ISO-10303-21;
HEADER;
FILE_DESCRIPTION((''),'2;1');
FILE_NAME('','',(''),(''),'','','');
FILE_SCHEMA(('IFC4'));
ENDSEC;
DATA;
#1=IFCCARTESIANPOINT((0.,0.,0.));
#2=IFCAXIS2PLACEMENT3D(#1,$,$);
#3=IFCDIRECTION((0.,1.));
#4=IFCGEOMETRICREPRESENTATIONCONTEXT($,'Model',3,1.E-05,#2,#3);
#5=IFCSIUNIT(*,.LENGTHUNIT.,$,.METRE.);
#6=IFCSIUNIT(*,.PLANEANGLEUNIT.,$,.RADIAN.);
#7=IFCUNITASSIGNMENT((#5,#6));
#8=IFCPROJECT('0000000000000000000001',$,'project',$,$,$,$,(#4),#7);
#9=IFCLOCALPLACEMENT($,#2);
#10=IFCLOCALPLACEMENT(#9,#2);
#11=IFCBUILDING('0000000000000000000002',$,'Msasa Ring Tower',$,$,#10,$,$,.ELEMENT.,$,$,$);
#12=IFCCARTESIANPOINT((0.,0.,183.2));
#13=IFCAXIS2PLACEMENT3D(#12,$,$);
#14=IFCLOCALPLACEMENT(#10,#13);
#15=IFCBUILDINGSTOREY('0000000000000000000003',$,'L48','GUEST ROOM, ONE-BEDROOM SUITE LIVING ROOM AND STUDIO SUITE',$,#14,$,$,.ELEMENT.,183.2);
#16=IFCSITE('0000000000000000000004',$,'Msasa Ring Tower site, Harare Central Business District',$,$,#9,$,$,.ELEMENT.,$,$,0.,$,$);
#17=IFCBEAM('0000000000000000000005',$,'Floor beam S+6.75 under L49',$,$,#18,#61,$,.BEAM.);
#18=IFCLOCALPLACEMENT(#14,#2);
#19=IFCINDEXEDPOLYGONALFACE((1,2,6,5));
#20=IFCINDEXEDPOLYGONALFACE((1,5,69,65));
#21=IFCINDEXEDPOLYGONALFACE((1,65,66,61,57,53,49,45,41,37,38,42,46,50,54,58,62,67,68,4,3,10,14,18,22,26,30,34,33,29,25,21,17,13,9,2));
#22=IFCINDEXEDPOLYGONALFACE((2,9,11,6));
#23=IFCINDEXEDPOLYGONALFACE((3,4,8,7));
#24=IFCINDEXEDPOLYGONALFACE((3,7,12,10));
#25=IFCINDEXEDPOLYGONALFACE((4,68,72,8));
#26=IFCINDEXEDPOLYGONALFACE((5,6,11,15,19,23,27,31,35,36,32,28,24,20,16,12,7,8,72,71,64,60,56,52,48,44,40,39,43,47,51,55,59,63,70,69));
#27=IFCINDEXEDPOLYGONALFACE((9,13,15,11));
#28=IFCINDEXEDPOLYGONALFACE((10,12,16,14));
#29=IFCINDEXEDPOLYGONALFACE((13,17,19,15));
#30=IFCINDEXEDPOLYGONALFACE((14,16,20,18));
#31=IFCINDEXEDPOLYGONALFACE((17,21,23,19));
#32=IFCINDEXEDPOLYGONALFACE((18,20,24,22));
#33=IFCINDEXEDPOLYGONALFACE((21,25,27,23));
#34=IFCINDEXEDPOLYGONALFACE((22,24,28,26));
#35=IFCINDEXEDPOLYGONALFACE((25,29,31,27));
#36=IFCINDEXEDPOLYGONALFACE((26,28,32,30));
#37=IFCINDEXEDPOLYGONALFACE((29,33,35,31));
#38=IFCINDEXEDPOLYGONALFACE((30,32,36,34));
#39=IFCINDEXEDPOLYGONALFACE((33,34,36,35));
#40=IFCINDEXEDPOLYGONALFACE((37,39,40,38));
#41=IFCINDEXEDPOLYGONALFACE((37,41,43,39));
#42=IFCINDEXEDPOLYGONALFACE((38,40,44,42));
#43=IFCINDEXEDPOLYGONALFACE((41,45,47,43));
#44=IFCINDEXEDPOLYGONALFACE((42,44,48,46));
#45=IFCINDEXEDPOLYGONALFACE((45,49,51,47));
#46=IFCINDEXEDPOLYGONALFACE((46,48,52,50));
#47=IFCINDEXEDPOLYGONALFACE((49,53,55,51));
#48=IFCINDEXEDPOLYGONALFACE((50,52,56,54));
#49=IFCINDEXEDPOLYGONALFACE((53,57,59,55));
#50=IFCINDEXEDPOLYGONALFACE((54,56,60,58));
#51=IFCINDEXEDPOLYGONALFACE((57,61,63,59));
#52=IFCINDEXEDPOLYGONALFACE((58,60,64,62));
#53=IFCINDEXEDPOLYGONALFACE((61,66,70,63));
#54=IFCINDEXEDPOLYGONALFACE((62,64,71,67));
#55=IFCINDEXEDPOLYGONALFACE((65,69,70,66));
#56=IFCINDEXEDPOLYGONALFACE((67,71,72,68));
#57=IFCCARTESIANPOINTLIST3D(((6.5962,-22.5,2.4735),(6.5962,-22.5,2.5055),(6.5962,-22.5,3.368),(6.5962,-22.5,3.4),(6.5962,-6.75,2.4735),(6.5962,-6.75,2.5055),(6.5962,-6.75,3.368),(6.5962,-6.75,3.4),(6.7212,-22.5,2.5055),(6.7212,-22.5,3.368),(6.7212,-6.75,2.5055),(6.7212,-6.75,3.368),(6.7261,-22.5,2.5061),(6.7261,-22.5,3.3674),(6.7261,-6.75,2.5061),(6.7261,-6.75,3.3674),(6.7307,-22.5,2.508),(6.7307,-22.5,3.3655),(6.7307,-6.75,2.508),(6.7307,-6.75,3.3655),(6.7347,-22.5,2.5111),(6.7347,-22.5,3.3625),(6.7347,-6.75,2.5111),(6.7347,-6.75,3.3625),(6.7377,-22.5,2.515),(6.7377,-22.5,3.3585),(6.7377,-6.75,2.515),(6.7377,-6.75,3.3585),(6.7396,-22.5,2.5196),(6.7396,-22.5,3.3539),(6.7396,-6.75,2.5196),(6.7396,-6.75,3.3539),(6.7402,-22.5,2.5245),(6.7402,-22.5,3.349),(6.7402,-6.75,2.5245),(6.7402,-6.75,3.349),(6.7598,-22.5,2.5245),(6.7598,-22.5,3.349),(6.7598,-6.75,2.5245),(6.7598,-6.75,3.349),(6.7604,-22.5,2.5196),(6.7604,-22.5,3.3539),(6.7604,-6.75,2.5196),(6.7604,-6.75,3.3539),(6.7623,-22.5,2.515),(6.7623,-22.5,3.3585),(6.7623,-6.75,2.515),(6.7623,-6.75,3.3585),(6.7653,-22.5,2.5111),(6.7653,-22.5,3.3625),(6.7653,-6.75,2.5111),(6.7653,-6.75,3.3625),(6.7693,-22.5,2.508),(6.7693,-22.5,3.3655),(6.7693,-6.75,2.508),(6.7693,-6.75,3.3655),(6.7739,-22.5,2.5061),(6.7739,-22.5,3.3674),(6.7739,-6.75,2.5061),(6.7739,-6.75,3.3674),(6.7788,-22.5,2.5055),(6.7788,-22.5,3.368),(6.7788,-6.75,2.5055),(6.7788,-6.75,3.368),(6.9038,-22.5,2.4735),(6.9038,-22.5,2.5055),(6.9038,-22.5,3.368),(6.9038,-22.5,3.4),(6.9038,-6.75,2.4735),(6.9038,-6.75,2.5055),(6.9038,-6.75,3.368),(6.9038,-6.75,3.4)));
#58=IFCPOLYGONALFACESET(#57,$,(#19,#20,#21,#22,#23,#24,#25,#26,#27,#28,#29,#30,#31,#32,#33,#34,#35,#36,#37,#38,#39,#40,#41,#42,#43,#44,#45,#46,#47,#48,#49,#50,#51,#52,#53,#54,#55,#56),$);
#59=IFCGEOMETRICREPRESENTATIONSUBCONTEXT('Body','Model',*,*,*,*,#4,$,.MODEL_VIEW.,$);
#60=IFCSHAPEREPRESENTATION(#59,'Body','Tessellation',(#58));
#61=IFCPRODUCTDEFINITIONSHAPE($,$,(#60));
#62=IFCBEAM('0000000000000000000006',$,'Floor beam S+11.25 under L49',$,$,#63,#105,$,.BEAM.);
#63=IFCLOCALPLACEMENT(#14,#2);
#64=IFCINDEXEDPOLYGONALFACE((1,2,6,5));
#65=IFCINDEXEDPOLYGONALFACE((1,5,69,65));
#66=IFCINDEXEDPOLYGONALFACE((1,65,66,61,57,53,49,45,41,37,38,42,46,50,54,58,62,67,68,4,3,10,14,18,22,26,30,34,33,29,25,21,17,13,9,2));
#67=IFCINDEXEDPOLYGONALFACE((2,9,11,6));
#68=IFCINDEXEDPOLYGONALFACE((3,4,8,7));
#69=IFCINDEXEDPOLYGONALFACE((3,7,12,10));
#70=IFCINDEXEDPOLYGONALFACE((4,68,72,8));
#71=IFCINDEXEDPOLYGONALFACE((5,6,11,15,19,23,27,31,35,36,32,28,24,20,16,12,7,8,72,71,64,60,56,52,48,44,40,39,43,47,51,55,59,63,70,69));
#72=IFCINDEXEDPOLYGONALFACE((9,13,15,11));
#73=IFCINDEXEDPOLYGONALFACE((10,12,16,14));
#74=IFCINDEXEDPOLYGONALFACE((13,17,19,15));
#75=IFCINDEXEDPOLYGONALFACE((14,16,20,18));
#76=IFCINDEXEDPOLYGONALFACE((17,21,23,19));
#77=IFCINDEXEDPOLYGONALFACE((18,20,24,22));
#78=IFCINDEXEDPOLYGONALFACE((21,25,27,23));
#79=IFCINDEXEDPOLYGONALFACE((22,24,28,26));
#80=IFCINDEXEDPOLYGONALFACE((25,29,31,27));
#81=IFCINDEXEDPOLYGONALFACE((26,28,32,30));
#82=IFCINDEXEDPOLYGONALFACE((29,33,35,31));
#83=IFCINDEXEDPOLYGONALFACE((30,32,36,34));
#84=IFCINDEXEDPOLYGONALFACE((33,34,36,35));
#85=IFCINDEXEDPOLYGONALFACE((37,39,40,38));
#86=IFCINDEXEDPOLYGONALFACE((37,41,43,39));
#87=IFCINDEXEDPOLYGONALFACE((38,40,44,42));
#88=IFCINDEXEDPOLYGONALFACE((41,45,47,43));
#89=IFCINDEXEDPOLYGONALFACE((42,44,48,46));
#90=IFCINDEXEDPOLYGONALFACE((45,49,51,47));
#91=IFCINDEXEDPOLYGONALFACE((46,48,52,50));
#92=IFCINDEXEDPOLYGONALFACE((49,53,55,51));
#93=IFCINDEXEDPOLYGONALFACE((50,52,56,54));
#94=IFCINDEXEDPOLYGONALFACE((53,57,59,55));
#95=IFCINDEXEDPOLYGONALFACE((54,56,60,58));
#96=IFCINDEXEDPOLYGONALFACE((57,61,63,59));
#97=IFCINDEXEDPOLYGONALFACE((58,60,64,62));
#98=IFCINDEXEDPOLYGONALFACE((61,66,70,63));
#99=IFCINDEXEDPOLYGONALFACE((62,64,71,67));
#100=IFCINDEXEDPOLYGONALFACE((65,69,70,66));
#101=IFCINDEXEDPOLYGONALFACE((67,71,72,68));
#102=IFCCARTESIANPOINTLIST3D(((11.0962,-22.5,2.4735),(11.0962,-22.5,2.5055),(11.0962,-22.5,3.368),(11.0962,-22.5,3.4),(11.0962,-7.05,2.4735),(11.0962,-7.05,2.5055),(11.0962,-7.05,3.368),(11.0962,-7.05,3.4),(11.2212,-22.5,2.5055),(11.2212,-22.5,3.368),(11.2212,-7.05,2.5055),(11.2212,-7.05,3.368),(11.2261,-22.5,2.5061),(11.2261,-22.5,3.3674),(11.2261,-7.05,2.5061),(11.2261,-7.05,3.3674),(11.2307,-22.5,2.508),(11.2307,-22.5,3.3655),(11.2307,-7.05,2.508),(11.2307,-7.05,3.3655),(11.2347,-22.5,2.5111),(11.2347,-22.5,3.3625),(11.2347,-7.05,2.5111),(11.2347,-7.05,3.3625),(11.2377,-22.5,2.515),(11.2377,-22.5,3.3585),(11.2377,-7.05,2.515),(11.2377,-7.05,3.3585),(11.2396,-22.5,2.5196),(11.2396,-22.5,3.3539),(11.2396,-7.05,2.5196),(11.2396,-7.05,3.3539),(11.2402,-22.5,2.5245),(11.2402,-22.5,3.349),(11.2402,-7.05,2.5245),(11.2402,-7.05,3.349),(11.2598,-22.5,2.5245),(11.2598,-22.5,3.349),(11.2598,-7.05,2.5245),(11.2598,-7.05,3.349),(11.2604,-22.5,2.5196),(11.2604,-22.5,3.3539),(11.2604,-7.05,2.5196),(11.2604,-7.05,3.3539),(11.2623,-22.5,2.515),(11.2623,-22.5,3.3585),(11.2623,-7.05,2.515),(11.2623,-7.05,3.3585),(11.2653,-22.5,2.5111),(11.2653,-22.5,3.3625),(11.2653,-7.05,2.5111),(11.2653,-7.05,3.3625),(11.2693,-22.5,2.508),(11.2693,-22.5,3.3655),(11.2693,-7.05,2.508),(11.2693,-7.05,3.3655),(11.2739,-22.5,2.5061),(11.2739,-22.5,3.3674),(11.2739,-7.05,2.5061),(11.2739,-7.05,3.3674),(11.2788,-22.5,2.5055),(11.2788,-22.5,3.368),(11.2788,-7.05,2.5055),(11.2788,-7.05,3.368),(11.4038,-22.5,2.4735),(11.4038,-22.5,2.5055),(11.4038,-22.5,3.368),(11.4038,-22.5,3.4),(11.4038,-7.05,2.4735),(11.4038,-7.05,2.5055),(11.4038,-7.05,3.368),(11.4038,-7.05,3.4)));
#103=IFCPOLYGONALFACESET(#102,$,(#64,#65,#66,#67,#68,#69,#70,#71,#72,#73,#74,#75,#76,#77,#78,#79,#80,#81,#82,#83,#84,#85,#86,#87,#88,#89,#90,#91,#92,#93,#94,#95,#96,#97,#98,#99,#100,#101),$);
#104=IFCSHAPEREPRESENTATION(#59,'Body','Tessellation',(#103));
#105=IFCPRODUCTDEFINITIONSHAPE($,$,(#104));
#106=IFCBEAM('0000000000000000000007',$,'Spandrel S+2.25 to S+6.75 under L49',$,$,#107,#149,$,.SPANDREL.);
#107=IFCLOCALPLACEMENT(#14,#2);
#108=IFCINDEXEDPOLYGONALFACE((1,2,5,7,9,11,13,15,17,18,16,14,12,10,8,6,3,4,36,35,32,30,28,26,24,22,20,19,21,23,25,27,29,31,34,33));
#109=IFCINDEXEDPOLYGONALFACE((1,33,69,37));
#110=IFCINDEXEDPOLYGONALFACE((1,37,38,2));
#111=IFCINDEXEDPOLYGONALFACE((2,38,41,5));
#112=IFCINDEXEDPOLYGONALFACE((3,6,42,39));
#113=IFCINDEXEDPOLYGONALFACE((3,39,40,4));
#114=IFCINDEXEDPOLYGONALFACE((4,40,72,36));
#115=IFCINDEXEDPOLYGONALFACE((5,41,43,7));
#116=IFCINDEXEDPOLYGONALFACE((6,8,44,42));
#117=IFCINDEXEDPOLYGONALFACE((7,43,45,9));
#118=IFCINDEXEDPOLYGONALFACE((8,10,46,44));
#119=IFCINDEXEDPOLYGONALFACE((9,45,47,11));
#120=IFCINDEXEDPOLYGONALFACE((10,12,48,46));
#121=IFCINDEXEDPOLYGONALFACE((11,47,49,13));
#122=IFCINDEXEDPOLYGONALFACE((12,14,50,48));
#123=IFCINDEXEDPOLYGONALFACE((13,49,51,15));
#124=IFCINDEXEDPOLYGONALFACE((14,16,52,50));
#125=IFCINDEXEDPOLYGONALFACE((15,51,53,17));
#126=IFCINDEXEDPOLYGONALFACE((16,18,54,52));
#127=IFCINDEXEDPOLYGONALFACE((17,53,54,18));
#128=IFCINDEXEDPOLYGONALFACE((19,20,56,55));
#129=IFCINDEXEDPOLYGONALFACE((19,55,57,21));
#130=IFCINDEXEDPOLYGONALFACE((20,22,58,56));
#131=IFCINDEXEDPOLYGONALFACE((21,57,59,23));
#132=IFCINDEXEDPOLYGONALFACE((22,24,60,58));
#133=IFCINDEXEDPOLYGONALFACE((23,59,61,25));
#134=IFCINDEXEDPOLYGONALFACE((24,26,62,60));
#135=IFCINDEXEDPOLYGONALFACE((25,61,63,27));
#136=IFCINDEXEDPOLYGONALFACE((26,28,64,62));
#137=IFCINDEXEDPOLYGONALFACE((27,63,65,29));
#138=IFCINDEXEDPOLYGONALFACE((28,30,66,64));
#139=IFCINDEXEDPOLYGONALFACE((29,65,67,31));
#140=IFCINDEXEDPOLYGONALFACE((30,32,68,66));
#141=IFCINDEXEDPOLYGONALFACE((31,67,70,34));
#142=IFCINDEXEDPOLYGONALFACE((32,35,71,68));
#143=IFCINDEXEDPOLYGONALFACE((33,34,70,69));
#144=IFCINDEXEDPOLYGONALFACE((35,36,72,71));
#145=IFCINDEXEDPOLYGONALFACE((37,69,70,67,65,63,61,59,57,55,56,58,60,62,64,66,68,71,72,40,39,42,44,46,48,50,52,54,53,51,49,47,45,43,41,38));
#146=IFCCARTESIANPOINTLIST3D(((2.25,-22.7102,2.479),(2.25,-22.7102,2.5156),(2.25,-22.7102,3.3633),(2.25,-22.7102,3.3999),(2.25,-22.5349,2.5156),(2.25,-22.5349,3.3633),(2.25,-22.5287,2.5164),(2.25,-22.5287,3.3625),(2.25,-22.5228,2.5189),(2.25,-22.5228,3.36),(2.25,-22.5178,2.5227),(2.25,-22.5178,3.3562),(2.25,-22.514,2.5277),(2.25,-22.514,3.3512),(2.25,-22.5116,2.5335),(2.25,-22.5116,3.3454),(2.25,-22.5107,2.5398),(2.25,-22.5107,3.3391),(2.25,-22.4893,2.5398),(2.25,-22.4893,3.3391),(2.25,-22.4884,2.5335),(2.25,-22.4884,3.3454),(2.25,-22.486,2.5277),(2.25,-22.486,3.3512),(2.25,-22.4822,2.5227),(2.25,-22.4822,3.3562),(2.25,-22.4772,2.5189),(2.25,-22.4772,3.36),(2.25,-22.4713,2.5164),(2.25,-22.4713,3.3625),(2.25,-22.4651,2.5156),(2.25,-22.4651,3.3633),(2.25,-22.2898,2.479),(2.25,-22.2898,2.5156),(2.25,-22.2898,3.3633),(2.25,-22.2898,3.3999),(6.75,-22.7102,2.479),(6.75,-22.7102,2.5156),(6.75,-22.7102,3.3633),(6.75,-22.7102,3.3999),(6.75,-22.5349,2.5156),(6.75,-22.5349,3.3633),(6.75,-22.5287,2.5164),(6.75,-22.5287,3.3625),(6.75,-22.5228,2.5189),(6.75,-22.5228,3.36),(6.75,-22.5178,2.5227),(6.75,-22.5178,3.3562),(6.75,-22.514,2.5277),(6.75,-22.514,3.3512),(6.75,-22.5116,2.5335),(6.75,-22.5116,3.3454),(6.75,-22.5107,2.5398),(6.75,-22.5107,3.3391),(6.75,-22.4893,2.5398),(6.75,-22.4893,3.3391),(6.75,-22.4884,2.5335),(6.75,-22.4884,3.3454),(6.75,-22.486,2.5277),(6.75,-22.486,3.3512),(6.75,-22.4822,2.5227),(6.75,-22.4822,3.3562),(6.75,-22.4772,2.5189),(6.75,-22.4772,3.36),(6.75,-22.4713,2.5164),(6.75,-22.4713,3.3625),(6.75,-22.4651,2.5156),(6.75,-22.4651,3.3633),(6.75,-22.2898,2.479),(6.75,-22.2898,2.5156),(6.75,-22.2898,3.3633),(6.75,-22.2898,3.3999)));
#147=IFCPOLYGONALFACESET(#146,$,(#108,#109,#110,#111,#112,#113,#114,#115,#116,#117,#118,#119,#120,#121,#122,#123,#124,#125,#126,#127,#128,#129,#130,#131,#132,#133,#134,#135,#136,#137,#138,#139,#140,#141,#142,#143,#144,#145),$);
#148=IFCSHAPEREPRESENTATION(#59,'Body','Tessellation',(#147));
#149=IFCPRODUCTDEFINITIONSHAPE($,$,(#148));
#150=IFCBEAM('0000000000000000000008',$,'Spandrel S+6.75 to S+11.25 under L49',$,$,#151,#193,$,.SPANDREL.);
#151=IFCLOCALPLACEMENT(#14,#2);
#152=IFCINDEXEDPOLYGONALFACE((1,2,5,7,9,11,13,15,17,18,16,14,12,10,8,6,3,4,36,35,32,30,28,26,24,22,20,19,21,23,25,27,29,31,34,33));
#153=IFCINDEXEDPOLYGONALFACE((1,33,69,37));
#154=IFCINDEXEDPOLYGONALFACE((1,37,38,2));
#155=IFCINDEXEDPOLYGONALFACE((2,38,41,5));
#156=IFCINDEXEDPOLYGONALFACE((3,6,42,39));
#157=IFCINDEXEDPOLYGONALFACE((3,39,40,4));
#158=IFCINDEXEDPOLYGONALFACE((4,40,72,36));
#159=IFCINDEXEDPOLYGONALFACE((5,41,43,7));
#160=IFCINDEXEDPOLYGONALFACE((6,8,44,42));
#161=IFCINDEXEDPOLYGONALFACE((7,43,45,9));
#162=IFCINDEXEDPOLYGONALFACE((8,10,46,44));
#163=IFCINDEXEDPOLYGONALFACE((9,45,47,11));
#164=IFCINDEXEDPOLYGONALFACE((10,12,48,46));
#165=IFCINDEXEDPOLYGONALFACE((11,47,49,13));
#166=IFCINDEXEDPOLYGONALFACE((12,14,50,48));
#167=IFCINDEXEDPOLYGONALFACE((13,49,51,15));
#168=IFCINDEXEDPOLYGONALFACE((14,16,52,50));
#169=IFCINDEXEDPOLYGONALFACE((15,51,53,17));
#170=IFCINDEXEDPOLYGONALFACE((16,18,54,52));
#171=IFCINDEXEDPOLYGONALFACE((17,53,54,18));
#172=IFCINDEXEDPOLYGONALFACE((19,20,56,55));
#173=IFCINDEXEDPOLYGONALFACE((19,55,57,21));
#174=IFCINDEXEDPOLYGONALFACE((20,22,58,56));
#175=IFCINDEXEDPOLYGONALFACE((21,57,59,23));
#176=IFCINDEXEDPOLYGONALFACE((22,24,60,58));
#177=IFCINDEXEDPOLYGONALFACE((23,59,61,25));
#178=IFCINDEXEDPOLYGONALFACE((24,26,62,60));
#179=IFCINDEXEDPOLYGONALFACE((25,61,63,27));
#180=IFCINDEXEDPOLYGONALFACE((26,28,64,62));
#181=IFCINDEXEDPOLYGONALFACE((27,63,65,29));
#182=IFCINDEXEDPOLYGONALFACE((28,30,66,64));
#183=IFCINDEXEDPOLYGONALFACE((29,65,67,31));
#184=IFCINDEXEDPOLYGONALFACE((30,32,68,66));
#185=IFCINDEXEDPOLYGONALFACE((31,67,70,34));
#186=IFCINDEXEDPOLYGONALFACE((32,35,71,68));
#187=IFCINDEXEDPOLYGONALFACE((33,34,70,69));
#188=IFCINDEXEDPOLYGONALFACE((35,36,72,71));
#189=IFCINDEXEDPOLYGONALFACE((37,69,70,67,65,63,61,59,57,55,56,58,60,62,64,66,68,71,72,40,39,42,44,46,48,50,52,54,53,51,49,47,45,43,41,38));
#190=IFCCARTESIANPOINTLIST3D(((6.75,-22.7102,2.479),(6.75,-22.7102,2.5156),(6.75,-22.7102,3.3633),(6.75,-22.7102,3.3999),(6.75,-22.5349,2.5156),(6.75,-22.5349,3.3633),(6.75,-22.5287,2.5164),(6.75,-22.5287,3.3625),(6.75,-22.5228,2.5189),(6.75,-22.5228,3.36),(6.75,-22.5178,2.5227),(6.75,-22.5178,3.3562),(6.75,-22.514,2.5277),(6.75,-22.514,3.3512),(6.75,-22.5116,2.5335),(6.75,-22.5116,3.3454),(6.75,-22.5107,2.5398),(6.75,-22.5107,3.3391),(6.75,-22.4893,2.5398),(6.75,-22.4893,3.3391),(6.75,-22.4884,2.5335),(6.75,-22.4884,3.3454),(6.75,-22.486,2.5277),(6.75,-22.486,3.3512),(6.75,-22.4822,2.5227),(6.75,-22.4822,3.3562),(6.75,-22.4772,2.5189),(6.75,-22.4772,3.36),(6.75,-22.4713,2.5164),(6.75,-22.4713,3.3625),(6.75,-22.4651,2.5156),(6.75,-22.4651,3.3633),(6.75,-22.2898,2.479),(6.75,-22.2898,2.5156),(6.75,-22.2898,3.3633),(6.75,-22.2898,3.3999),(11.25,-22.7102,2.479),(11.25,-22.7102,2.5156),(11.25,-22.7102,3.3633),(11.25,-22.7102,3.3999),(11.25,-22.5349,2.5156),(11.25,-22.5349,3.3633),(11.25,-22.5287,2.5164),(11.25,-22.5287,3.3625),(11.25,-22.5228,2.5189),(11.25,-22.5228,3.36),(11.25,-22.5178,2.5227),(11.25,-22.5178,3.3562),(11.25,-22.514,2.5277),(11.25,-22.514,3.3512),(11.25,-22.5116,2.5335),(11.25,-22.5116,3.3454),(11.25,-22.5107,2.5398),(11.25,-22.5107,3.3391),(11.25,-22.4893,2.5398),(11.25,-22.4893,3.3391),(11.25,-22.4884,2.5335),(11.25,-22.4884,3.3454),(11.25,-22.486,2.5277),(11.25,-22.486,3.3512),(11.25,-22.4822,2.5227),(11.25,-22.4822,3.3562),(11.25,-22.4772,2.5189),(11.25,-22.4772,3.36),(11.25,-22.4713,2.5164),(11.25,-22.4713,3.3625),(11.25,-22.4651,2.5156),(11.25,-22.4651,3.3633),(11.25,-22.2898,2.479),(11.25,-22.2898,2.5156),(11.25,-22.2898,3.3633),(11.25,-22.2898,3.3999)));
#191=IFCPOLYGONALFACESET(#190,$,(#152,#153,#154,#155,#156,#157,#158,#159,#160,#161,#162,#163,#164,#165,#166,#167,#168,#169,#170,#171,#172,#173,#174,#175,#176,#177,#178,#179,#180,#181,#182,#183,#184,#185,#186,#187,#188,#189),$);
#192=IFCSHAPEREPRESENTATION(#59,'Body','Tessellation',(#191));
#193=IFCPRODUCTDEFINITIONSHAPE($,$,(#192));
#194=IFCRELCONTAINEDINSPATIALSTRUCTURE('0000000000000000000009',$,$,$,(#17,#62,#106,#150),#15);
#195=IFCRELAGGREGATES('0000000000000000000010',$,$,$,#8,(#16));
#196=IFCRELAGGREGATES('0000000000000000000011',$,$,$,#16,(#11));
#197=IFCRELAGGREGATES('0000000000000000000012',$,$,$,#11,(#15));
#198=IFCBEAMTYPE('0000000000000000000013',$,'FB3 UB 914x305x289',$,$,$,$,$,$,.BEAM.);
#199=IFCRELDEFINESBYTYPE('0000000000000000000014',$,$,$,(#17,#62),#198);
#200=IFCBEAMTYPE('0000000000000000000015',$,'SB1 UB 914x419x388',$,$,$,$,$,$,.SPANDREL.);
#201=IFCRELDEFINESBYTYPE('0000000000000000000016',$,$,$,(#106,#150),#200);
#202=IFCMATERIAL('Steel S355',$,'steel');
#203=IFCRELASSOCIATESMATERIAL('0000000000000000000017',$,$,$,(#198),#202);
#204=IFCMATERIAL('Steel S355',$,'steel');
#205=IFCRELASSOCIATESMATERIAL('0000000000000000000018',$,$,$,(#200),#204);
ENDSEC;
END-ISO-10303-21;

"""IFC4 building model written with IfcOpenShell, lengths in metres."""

from ifc_helpers import new_model, si_unit, direction, frame, origin, origin_2d, place, context, subcontext, project, spatial, i_section, extrude, material, material_profile, profile_set, type_object, element, save


model = new_model("IFC4")

# Units and contexts
model_context = context("Model", 3, precision=1e-05, world=origin(), true_north=direction((0.0, 1.0)))
body_context = subcontext(model_context, "Body", "Model", "MODEL_VIEW")
ifc_project = project(units=[si_unit("LENGTHUNIT", "METRE"), si_unit("PLANEANGLEUNIT", "RADIAN")], contexts=[model_context])

# Site, building, storey
site_placement = place(None, origin())
site = spatial("IfcSite", under=ifc_project, at=site_placement, Name="Msasa Ring Tower site, Harare Central Business District", CompositionType="ELEMENT", RefElevation=0.0)
building_placement = place(site_placement, origin())
building = spatial("IfcBuilding", under=site, at=building_placement, Name="Msasa Ring Tower", CompositionType="ELEMENT")
storey_placement = place(building_placement, frame((0.0, 0.0, 183.2)))
storey = spatial("IfcBuildingStorey", under=building, at=storey_placement, Name="L48", Description="GUEST ROOM, ONE-BEDROOM SUITE LIVING ROOM AND STUDIO SUITE", CompositionType="ELEMENT", Elevation=183.2)

# Beams
ifc_material_1 = material(Name="Steel S355", Category="steel")
ifc_material_profile_1 = material_profile(ifc_material_1, i_section(OverallWidth=0.3076, OverallDepth=0.9265, WebThickness=0.0195, FlangeThickness=0.032, FilletRadius=0.019, at=origin_2d()), Name="UB 914x305x289")
ifc_profile_set_1 = profile_set([ifc_material_profile_1], Name="Steel S355")
beam_type_1 = type_object("IfcBeamType", Name="FB3 UB 914x305x289", PredefinedType="BEAM", material=ifc_profile_set_1)
for number, where, z_axis, x_axis, name in (
    (1, (6.75, -22.5, 2.9368), (0.0, 1.0, 0.0), (-1.0, 0.0, 0.0), "Floor beam S+6.75 under L49"),
):
    element("IfcBeam", number, at=place(storey_placement, frame(where, z_axis=z_axis, x_axis=x_axis)), inside=storey, type_object=beam_type_1, Name=name, PredefinedType="BEAM", context=body_context, shape_type="SweptSolid", body=[
        extrude(i_section(OverallWidth=0.3076, OverallDepth=0.9265, WebThickness=0.0195, FlangeThickness=0.032, FilletRadius=0.019, at=origin_2d()), origin(), (0.0, 0.0, 1.0), 15.75),
    ])
beam_placement = place(storey_placement, frame((11.25, -22.5, 2.9368), z_axis=(0.0, 1.0, 0.0), x_axis=(-1.0, 0.0, 0.0)))
element("IfcBeam", 2, at=beam_placement, inside=storey, type_object=beam_type_1, Name="Floor beam S+11.25 under L49", PredefinedType="BEAM", context=body_context, shape_type="SweptSolid", body=[
    extrude(i_section(OverallWidth=0.3076, OverallDepth=0.9265, WebThickness=0.0195, FlangeThickness=0.032, FilletRadius=0.019, at=origin_2d()), origin(), (0.0, 0.0, 1.0), 15.45),
])
ifc_material_2 = material(Name="Steel S355", Category="steel")
ifc_material_profile_2 = material_profile(ifc_material_2, i_section(OverallWidth=0.4204, OverallDepth=0.9209, WebThickness=0.0215, FlangeThickness=0.0366, FilletRadius=0.0242, at=origin_2d()), Name="UB 914x419x388")
ifc_profile_set_2 = profile_set([ifc_material_profile_2], Name="Steel S355")
beam_type_2 = type_object("IfcBeamType", Name="SB1 UB 914x419x388", PredefinedType="SPANDREL", material=ifc_profile_set_2)
for number, where, z_axis, x_axis, name in (
    (3, (2.25, -22.5, 2.9395), (1.0, 0.0, 0.0), (0.0, 1.0, 0.0), "Spandrel S+2.25 to S+6.75 under L49"),
    (4, (6.75, -22.5, 2.9395), (1.0, 0.0, 0.0), (0.0, 1.0, 0.0), "Spandrel S+6.75 to S+11.25 under L49"),
):
    element("IfcBeam", number, at=place(storey_placement, frame(where, z_axis=z_axis, x_axis=x_axis)), inside=storey, type_object=beam_type_2, Name=name, PredefinedType="SPANDREL", context=body_context, shape_type="SweptSolid", body=[
        extrude(i_section(OverallWidth=0.4204, OverallDepth=0.9209, WebThickness=0.0215, FlangeThickness=0.0366, FilletRadius=0.0242, at=origin_2d()), origin(), (0.0, 0.0, 1.0), 4.5),
    ])

save(model, "model.ifc")
